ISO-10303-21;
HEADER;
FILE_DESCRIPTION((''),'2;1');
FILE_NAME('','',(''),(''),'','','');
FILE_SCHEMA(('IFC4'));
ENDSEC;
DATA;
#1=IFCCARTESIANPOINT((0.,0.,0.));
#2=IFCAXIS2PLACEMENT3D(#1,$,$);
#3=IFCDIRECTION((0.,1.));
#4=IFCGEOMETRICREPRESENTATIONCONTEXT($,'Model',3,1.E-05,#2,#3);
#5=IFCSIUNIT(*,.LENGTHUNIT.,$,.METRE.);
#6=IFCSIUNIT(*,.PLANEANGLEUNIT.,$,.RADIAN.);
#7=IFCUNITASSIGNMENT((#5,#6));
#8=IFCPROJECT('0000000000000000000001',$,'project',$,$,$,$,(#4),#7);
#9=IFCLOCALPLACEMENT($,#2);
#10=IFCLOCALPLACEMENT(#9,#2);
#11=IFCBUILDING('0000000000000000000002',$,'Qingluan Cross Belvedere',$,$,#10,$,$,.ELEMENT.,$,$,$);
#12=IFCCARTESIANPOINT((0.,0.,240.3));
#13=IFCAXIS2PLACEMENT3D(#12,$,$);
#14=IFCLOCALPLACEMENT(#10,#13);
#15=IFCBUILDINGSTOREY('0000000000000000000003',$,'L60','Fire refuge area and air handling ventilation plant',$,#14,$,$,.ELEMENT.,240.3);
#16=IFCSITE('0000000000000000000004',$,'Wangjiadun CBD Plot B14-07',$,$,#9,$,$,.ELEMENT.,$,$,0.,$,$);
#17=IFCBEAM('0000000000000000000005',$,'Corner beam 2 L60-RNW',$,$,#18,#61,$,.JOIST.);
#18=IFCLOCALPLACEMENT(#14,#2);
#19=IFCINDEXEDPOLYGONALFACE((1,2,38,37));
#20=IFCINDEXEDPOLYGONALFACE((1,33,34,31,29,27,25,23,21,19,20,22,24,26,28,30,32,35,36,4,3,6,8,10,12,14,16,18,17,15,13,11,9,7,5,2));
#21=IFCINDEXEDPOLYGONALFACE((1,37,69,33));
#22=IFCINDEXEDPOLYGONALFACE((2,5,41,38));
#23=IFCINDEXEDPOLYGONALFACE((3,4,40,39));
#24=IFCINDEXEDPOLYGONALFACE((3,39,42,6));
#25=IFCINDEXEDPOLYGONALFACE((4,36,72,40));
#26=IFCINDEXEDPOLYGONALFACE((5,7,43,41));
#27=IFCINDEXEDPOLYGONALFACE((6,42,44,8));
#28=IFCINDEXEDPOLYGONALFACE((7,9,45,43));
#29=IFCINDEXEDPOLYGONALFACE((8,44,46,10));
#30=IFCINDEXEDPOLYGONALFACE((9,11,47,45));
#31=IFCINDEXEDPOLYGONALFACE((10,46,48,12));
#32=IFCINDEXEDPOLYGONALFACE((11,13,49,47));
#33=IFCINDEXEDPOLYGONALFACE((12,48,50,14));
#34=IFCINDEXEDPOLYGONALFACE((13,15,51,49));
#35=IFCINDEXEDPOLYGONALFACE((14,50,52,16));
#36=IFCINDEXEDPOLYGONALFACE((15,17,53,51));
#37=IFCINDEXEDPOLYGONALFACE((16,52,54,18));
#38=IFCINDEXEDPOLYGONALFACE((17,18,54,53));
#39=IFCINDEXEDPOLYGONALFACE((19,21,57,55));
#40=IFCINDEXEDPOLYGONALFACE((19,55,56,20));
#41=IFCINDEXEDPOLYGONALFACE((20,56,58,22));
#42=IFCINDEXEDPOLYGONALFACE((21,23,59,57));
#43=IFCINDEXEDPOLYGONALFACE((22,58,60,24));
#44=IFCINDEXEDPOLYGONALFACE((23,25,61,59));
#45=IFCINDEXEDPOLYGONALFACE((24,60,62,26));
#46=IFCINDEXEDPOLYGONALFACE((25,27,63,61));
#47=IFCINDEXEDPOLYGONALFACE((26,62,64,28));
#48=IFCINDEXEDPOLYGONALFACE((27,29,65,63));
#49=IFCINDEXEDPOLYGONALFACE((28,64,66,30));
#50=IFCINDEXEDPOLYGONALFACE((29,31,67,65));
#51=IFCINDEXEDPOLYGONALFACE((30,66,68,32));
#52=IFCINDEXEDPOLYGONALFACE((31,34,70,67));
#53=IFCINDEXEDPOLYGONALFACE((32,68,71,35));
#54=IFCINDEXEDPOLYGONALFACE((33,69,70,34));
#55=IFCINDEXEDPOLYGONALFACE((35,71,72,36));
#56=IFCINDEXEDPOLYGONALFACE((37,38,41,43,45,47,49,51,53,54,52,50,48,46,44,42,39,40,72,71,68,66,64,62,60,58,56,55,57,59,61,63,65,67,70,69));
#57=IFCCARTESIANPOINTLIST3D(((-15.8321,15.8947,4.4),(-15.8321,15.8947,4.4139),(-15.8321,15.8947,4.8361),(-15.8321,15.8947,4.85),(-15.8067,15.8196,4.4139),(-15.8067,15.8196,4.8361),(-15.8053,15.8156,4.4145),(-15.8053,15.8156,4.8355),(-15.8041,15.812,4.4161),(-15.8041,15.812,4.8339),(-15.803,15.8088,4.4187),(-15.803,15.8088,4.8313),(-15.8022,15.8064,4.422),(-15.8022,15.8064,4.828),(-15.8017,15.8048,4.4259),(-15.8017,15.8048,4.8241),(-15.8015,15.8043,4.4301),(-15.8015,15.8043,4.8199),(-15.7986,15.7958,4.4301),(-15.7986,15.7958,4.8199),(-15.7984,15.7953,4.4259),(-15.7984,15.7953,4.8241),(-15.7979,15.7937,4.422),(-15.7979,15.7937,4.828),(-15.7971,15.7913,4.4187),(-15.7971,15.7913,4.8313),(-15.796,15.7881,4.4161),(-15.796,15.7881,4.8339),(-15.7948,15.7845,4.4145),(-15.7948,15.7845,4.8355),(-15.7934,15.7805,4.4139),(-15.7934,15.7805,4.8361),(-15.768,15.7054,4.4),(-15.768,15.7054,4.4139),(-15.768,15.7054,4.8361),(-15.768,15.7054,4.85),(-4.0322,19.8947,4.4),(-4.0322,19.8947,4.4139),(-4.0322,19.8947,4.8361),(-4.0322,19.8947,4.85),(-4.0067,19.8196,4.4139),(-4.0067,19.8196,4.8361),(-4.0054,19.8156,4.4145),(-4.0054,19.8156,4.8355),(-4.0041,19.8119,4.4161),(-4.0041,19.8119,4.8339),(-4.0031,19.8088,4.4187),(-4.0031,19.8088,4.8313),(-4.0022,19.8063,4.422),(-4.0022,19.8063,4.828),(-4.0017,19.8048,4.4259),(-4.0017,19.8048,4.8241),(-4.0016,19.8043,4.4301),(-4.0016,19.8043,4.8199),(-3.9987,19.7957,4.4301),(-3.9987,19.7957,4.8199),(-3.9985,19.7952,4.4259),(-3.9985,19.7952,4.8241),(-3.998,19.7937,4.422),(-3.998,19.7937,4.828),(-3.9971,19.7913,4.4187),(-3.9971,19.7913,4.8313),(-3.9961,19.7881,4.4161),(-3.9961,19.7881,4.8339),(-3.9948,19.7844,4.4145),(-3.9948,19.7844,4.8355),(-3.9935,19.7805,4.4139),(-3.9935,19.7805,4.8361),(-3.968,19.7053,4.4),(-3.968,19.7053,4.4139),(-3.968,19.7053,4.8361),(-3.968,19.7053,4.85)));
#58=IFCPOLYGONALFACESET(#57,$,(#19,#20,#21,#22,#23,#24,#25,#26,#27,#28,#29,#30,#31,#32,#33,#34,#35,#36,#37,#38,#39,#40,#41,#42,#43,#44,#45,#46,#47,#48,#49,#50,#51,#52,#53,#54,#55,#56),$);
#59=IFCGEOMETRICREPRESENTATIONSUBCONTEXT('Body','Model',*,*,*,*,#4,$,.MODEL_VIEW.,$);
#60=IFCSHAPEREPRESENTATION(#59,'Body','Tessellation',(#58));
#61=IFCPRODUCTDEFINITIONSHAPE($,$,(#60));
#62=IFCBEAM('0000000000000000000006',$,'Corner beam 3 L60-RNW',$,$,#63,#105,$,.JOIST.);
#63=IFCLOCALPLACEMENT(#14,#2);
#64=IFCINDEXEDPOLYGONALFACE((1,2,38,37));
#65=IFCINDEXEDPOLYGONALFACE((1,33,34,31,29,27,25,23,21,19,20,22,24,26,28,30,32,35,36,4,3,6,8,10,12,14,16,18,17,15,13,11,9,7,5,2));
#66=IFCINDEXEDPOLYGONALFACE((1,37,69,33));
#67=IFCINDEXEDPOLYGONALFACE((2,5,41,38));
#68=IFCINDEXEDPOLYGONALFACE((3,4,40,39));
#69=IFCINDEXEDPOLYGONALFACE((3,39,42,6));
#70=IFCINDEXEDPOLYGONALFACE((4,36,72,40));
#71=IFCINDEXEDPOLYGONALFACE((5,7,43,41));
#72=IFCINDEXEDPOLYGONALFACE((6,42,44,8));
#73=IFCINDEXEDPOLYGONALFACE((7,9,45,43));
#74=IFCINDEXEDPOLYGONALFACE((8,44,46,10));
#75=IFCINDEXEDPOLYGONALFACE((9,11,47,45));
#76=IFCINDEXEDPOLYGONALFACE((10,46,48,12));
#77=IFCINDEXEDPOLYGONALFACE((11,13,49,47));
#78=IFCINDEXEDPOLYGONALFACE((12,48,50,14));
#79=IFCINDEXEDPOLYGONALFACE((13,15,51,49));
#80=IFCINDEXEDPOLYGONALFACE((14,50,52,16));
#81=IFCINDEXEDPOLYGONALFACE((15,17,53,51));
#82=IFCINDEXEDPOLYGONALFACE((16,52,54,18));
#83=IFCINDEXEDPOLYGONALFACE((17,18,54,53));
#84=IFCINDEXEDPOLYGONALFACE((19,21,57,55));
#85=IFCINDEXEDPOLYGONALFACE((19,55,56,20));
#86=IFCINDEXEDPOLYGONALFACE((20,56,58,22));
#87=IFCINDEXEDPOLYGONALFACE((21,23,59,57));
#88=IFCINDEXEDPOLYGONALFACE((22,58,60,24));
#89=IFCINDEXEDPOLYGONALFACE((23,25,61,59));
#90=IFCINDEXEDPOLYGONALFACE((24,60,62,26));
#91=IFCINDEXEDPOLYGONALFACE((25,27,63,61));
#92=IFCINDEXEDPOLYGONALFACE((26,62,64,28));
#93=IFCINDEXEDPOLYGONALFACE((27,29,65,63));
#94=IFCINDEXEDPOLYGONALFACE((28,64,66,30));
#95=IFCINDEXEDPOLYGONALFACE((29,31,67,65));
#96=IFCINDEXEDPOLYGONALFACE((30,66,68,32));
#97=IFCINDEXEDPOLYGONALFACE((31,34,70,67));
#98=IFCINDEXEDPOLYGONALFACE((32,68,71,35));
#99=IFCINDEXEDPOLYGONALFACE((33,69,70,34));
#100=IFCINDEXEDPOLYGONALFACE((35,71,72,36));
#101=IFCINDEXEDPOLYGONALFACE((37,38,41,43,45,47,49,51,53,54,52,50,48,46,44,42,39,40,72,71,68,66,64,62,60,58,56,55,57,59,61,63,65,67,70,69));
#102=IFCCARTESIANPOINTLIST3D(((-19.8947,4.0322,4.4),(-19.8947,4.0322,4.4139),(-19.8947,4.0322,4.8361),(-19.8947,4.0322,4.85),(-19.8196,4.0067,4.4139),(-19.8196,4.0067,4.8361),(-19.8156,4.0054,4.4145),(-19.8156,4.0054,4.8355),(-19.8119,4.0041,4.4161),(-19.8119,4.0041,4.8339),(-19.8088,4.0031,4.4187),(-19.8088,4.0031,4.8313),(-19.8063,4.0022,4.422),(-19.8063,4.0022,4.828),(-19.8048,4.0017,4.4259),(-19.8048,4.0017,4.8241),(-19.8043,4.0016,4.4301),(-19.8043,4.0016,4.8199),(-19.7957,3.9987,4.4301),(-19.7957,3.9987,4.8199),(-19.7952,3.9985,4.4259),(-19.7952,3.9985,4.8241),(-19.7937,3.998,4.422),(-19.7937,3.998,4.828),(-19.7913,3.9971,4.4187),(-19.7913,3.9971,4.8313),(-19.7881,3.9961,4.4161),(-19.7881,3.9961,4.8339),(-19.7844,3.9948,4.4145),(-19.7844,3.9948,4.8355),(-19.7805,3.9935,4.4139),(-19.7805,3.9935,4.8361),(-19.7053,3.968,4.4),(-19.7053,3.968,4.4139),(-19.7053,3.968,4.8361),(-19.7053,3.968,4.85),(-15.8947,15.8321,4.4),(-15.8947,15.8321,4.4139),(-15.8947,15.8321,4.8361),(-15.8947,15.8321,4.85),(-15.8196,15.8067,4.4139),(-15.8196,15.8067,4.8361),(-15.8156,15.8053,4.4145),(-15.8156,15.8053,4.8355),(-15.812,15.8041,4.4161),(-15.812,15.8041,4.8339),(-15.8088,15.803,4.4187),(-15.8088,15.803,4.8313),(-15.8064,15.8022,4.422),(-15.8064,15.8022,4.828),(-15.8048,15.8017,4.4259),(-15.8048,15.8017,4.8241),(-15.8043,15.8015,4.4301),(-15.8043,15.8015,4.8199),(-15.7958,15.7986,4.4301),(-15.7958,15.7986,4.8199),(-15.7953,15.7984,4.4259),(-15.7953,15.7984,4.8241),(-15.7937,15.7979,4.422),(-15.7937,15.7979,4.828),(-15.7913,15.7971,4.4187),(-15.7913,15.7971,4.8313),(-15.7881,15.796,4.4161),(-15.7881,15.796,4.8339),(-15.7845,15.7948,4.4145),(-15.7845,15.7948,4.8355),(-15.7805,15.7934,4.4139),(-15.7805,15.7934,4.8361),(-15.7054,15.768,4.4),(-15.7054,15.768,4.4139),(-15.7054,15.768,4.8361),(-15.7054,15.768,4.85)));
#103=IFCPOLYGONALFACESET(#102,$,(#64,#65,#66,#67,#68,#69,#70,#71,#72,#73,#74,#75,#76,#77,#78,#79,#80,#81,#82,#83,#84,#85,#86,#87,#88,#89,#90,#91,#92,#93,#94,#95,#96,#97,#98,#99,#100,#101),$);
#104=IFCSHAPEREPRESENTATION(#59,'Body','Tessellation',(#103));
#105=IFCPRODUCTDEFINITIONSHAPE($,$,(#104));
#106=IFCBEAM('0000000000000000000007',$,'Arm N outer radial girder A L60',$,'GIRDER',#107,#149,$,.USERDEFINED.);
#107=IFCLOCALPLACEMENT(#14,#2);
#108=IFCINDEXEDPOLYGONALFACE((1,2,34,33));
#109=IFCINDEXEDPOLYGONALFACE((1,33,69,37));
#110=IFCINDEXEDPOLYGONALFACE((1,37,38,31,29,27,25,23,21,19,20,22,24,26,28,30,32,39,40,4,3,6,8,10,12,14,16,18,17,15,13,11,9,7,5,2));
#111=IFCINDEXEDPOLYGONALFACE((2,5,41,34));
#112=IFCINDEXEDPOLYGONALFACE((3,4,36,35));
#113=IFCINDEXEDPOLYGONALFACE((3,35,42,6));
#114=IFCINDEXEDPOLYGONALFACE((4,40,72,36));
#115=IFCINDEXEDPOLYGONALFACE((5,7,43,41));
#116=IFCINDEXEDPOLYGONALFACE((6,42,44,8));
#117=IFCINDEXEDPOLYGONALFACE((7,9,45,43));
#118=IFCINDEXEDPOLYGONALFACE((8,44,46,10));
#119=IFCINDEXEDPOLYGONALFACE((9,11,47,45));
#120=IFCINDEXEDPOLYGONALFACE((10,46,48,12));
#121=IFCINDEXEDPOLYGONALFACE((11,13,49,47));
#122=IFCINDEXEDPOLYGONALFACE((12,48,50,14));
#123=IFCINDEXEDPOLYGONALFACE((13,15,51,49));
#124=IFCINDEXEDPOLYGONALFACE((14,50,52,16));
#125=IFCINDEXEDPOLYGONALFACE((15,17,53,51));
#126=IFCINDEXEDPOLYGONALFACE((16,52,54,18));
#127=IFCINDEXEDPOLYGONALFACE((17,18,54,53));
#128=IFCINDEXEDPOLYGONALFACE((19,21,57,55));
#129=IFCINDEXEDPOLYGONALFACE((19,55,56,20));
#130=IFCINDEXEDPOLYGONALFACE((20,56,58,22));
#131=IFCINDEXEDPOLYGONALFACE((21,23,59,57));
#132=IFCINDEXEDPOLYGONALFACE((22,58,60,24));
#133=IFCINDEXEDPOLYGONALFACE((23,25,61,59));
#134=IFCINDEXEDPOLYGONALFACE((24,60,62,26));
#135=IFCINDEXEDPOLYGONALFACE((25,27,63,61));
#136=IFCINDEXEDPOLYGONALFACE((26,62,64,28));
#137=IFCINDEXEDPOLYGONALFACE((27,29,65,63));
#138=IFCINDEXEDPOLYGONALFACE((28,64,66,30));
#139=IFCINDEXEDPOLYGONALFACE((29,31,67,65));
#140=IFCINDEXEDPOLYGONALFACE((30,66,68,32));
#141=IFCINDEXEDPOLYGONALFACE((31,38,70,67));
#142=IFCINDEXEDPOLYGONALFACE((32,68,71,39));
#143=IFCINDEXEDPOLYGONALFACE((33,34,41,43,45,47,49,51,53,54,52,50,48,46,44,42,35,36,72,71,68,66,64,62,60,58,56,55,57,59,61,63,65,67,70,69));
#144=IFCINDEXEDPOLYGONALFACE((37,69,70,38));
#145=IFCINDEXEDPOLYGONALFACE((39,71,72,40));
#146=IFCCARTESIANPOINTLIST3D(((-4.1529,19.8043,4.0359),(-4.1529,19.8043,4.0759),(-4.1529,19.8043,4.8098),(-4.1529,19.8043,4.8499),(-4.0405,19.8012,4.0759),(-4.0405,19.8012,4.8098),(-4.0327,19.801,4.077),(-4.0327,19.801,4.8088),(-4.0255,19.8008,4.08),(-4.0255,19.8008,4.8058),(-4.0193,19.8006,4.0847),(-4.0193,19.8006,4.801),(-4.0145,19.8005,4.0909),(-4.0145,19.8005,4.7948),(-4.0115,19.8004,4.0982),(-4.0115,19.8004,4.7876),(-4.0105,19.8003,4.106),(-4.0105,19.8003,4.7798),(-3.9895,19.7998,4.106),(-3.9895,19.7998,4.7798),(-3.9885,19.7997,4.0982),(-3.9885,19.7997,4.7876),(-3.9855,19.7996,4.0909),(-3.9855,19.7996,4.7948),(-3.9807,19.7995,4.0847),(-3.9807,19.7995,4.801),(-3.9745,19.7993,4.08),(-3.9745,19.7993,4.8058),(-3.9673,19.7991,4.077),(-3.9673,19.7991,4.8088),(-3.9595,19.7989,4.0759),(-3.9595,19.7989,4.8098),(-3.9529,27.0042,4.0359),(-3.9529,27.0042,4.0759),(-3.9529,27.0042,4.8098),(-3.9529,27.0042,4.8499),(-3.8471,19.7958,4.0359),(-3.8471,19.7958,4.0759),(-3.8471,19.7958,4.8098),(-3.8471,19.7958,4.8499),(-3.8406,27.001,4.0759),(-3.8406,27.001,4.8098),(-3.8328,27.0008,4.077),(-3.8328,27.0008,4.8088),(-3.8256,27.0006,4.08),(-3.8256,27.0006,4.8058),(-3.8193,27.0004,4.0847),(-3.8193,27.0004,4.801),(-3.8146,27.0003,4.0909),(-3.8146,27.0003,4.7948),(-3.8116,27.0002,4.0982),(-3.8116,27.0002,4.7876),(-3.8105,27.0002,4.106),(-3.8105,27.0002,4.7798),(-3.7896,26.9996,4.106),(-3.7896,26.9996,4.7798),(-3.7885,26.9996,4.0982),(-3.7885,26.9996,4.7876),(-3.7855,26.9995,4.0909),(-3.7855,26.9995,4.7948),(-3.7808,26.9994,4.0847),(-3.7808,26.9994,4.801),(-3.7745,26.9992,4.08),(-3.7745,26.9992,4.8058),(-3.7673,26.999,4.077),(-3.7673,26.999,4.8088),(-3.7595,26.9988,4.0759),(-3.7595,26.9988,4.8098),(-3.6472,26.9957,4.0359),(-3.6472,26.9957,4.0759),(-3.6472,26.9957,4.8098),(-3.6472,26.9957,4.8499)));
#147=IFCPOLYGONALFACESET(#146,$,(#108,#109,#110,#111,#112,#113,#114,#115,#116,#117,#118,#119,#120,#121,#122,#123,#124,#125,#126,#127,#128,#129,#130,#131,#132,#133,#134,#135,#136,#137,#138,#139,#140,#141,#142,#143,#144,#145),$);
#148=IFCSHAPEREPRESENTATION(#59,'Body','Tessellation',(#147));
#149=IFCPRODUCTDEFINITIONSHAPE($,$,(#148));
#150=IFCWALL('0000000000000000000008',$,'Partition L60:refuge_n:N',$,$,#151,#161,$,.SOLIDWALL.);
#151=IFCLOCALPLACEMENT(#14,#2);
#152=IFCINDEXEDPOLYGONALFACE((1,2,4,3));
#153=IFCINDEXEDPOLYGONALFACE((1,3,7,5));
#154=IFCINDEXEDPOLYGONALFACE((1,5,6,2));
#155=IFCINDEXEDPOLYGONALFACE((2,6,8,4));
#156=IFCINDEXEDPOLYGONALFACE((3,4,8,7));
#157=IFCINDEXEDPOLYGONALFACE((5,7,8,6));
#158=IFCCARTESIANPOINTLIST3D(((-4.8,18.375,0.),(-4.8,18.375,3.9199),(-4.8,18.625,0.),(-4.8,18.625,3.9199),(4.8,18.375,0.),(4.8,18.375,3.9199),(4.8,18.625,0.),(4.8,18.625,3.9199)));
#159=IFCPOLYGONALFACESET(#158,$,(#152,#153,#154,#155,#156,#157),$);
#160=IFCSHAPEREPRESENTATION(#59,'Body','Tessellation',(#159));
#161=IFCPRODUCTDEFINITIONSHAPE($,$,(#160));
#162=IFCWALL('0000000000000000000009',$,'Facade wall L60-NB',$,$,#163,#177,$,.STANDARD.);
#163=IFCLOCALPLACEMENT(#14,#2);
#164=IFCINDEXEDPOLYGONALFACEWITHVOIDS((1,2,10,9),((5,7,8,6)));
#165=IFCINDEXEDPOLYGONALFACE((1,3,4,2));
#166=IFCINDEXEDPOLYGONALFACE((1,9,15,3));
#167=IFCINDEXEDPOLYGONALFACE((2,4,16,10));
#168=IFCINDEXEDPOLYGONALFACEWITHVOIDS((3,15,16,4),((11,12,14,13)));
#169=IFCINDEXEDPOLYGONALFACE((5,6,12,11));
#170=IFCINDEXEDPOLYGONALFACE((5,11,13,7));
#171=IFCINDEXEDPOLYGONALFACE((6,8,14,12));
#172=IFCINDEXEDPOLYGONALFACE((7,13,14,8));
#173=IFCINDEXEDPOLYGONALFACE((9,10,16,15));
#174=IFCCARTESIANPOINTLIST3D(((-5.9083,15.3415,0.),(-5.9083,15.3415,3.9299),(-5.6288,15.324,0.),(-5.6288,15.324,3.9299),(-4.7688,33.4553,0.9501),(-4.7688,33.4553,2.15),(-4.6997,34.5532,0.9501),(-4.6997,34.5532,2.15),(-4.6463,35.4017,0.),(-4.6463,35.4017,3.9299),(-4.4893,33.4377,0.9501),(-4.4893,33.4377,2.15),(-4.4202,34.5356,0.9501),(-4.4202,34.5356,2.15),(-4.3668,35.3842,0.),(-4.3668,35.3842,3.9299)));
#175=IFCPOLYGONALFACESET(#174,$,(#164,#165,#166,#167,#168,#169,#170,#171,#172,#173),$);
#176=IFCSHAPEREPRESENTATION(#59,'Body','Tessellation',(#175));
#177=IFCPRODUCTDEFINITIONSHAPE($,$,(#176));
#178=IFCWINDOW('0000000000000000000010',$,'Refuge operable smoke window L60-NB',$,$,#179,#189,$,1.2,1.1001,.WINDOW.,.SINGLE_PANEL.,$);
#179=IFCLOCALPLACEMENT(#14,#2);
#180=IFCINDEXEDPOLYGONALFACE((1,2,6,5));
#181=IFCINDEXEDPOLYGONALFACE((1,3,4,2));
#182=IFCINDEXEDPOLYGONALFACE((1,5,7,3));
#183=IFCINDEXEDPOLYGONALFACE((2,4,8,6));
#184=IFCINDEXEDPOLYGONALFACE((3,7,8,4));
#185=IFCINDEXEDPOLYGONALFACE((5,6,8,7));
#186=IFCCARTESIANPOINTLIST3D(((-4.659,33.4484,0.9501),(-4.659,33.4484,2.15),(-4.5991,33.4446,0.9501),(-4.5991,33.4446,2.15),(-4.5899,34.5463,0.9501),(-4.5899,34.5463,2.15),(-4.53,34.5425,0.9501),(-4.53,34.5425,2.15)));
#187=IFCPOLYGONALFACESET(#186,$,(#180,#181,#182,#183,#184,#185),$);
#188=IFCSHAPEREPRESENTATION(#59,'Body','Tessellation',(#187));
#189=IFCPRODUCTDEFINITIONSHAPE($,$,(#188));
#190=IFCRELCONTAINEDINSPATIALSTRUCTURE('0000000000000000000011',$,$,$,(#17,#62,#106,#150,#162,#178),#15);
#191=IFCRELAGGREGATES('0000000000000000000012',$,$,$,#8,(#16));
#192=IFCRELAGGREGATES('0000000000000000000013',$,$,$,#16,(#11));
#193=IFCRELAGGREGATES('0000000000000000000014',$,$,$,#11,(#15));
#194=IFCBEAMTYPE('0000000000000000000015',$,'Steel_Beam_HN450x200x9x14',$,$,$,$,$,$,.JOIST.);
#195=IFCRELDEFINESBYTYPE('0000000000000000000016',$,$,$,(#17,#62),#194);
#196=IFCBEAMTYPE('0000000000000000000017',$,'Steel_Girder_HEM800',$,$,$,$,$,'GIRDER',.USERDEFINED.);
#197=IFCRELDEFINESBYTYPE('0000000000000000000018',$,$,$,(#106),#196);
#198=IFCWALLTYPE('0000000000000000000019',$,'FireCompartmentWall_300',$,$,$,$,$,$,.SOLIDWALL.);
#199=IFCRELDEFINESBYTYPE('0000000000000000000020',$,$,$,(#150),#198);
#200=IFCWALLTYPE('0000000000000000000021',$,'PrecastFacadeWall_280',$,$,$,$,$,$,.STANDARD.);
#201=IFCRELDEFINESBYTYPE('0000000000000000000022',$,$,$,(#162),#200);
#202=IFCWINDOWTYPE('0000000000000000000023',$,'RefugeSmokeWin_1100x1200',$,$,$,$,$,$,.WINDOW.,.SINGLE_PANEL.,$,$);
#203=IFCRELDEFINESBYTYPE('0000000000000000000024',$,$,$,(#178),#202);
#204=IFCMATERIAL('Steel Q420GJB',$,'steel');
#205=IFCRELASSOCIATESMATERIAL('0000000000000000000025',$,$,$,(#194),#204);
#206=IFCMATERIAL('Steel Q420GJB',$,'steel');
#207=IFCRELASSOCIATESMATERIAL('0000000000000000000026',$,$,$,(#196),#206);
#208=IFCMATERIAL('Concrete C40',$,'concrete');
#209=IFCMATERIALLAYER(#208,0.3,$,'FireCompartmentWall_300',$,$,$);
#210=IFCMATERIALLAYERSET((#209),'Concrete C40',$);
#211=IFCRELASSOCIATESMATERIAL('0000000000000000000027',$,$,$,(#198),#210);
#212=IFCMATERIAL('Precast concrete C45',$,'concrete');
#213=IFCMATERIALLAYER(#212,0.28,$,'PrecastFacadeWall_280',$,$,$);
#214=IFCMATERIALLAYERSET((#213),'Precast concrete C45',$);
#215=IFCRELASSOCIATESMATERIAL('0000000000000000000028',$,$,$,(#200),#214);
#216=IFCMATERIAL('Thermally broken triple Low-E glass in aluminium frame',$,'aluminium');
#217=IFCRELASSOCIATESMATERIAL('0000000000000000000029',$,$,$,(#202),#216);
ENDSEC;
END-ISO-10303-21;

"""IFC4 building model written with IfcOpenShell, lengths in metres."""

from ifc_helpers import new_model, si_unit, direction, frame, frame_2d, origin, origin_2d, place, context, subcontext, project, spatial, rectangle, i_section, extrude, material, layer, layer_set, material_profile, profile_set, type_object, element, fill, save


model = new_model("IFC4")

# Units and contexts
model_context = context("Model", 3, precision=1e-05, world=origin(), true_north=direction((0.0, 1.0)))
body_context = subcontext(model_context, "Body", "Model", "MODEL_VIEW")
ifc_project = project(units=[si_unit("LENGTHUNIT", "METRE"), si_unit("PLANEANGLEUNIT", "RADIAN")], contexts=[model_context])

# Site, building, storey
site_placement = place(None, origin())
site = spatial("IfcSite", under=ifc_project, at=site_placement, Name="Wangjiadun CBD Plot B14-07", CompositionType="ELEMENT", RefElevation=0.0)
building_placement = place(site_placement, origin())
building = spatial("IfcBuilding", under=site, at=building_placement, Name="Qingluan Cross Belvedere", CompositionType="ELEMENT")
storey_placement = place(building_placement, frame((0.0, 0.0, 240.3)))
storey = spatial("IfcBuildingStorey", under=building, at=storey_placement, Name="L60", Description="Fire refuge area and air handling ventilation plant", CompositionType="ELEMENT", Elevation=240.3)

# Beams
ifc_material_1 = material(Name="Steel Q420GJB", Category="steel")
ifc_material_profile_1 = material_profile(ifc_material_1, i_section(OverallWidth=0.2, OverallDepth=0.45, WebThickness=0.009, FlangeThickness=0.0139, FilletRadius=0.0161, at=origin_2d()), Name="HN450x200x9x14")
ifc_profile_set_1 = profile_set([ifc_material_profile_1], Name="Steel Q420GJB")
beam_type_1 = type_object("IfcBeamType", Name="Steel_Beam_HN450x200x9x14", PredefinedType="JOIST", material=ifc_profile_set_1)
for number, where, z_axis, x_axis, name in (
    (1, (-15.8, 15.8, 4.625), (0.947066, 0.321038, 0.0), (-0.321038, 0.947066, 0.0), "Corner beam 2 L60-RNW"),
    (2, (-15.8, 15.8, 4.625), (-0.321038, -0.947066, 0.0), (0.947066, -0.321038, 0.0), "Corner beam 3 L60-RNW"),
):
    element("IfcBeam", number, at=place(storey_placement, frame(where, z_axis=z_axis, x_axis=x_axis)), inside=storey, type_object=beam_type_1, Name=name, PredefinedType="JOIST", context=body_context, shape_type="SweptSolid", body=[
        extrude(i_section(OverallWidth=0.2, OverallDepth=0.45, WebThickness=0.009, FlangeThickness=0.0139, FilletRadius=0.0161, at=origin_2d()), origin(), (0.0, 0.0, 1.0), 12.4595),
    ])
ifc_material_2 = material(Name="Steel Q420GJB", Category="steel")
ifc_material_profile_2 = material_profile(ifc_material_2, i_section(OverallWidth=0.3059, OverallDepth=0.814, WebThickness=0.021, FlangeThickness=0.04, FilletRadius=0.03, at=origin_2d()), Name="HEM800")
ifc_profile_set_2 = profile_set([ifc_material_profile_2], Name="Steel Q420GJB")
beam_type_2 = type_object("IfcBeamType", Name="Steel_Girder_HEM800", ElementType="GIRDER", PredefinedType="USERDEFINED", material=ifc_profile_set_2)
beam_placement = place(storey_placement, frame((-4.0, 19.8, 4.4429), z_axis=(0.02776, 0.999615, 0.0), x_axis=(-0.999615, 0.02776, 0.0)))
element("IfcBeam", 3, at=beam_placement, inside=storey, type_object=beam_type_2, Name="Arm N outer radial girder A L60", ObjectType="GIRDER", PredefinedType="USERDEFINED", context=body_context, shape_type="SweptSolid", body=[
    extrude(i_section(OverallWidth=0.3059, OverallDepth=0.814, WebThickness=0.021, FlangeThickness=0.04, FilletRadius=0.03, at=origin_2d()), origin(), (0.0, 0.0, 1.0), 7.2026),
])

# Wall
ifc_material_3 = material(Name="Concrete C40", Category="concrete")
ifc_layer_1 = layer(ifc_material_3, 0.3, Name="FireCompartmentWall_300")
ifc_layer_set_1 = layer_set([ifc_layer_1], Name="Concrete C40")
wall_type_1 = type_object("IfcWallType", Name="FireCompartmentWall_300", PredefinedType="SOLIDWALL", material=ifc_layer_set_1)
wall_1_placement = place(storey_placement, frame((-4.8, 18.5, 0.0), z_axis=(0.0, 0.0, 1.0), x_axis=(1.0, 0.0, 0.0)))
element("IfcWall", 4, at=wall_1_placement, inside=storey, type_object=wall_type_1, Name="Partition L60:refuge_n:N", PredefinedType="SOLIDWALL", context=body_context, shape_type="SweptSolid", body=[
    extrude(rectangle(XDim=9.6001, YDim=0.25, at=frame_2d((4.8, 0.0))), origin(), (0.0, 0.0, 1.0), 3.9199),
])

# Wall, opening, window
ifc_material_4 = material(Name="Precast concrete C45", Category="concrete")
ifc_layer_2 = layer(ifc_material_4, 0.28, Name="PrecastFacadeWall_280")
ifc_layer_set_2 = layer_set([ifc_layer_2], Name="Precast concrete C45")
wall_type_2 = type_object("IfcWallType", Name="PrecastFacadeWall_280", PredefinedType="STANDARD", material=ifc_layer_set_2)
wall_2_placement = place(storey_placement, frame((-4.5066, 35.3928, 0.0), z_axis=(0.0, 0.0, 1.0), x_axis=(-0.062784, -0.998027, 0.0)))
wall_2 = element("IfcWall", 5, at=wall_2_placement, inside=storey, type_object=wall_type_2, Name="Facade wall L60-NB", PredefinedType="STANDARD", context=body_context, shape_type="SweptSolid", body=[
    extrude(rectangle(XDim=20.0999, YDim=0.28, at=frame_2d((10.0498, 0.0))), origin(), (0.0, 0.0, 1.0), 3.9299),
])
opening_placement = place(wall_2_placement, frame((0.8501, 0.0, 0.95)))
opening = element("IfcOpeningElement", 6, at=opening_placement, cuts=wall_2, PredefinedType="OPENING", context=body_context, shape_type="SweptSolid", body=[
    extrude(rectangle(XDim=1.1001, YDim=1.2, at=frame_2d((0.55, 0.6001))), frame((0.0, 0.1499, 0.0), z_axis=(0.0, -1.0, 0.0), x_axis=(1.0, 0.0, 0.0)), (0.0, 0.0, 1.0), 0.3),
])
ifc_material_5 = material(Name="Thermally broken triple Low-E glass in aluminium frame", Category="aluminium")
window_type = type_object("IfcWindowType", Name="RefugeSmokeWin_1100x1200", PartitioningType="SINGLE_PANEL", PredefinedType="WINDOW", material=ifc_material_5)
window_placement = place(opening_placement, origin())
window = element("IfcWindow", 7, at=window_placement, inside=storey, type_object=window_type, Name="Refuge operable smoke window L60-NB", OverallHeight=1.2, OverallWidth=1.1001, PartitioningType="SINGLE_PANEL", PredefinedType="WINDOW", context=body_context, shape_type="SweptSolid", body=[
    extrude(rectangle(XDim=1.1001, YDim=1.2, at=frame_2d((0.55, 0.6001))), frame((0.0, 0.03, 0.0), z_axis=(0.0, -1.0, 0.0), x_axis=(1.0, 0.0, 0.0)), (0.0, 0.0, 1.0), 0.0601),
])
fill(opening, window)

save(model, "model.ifc")
